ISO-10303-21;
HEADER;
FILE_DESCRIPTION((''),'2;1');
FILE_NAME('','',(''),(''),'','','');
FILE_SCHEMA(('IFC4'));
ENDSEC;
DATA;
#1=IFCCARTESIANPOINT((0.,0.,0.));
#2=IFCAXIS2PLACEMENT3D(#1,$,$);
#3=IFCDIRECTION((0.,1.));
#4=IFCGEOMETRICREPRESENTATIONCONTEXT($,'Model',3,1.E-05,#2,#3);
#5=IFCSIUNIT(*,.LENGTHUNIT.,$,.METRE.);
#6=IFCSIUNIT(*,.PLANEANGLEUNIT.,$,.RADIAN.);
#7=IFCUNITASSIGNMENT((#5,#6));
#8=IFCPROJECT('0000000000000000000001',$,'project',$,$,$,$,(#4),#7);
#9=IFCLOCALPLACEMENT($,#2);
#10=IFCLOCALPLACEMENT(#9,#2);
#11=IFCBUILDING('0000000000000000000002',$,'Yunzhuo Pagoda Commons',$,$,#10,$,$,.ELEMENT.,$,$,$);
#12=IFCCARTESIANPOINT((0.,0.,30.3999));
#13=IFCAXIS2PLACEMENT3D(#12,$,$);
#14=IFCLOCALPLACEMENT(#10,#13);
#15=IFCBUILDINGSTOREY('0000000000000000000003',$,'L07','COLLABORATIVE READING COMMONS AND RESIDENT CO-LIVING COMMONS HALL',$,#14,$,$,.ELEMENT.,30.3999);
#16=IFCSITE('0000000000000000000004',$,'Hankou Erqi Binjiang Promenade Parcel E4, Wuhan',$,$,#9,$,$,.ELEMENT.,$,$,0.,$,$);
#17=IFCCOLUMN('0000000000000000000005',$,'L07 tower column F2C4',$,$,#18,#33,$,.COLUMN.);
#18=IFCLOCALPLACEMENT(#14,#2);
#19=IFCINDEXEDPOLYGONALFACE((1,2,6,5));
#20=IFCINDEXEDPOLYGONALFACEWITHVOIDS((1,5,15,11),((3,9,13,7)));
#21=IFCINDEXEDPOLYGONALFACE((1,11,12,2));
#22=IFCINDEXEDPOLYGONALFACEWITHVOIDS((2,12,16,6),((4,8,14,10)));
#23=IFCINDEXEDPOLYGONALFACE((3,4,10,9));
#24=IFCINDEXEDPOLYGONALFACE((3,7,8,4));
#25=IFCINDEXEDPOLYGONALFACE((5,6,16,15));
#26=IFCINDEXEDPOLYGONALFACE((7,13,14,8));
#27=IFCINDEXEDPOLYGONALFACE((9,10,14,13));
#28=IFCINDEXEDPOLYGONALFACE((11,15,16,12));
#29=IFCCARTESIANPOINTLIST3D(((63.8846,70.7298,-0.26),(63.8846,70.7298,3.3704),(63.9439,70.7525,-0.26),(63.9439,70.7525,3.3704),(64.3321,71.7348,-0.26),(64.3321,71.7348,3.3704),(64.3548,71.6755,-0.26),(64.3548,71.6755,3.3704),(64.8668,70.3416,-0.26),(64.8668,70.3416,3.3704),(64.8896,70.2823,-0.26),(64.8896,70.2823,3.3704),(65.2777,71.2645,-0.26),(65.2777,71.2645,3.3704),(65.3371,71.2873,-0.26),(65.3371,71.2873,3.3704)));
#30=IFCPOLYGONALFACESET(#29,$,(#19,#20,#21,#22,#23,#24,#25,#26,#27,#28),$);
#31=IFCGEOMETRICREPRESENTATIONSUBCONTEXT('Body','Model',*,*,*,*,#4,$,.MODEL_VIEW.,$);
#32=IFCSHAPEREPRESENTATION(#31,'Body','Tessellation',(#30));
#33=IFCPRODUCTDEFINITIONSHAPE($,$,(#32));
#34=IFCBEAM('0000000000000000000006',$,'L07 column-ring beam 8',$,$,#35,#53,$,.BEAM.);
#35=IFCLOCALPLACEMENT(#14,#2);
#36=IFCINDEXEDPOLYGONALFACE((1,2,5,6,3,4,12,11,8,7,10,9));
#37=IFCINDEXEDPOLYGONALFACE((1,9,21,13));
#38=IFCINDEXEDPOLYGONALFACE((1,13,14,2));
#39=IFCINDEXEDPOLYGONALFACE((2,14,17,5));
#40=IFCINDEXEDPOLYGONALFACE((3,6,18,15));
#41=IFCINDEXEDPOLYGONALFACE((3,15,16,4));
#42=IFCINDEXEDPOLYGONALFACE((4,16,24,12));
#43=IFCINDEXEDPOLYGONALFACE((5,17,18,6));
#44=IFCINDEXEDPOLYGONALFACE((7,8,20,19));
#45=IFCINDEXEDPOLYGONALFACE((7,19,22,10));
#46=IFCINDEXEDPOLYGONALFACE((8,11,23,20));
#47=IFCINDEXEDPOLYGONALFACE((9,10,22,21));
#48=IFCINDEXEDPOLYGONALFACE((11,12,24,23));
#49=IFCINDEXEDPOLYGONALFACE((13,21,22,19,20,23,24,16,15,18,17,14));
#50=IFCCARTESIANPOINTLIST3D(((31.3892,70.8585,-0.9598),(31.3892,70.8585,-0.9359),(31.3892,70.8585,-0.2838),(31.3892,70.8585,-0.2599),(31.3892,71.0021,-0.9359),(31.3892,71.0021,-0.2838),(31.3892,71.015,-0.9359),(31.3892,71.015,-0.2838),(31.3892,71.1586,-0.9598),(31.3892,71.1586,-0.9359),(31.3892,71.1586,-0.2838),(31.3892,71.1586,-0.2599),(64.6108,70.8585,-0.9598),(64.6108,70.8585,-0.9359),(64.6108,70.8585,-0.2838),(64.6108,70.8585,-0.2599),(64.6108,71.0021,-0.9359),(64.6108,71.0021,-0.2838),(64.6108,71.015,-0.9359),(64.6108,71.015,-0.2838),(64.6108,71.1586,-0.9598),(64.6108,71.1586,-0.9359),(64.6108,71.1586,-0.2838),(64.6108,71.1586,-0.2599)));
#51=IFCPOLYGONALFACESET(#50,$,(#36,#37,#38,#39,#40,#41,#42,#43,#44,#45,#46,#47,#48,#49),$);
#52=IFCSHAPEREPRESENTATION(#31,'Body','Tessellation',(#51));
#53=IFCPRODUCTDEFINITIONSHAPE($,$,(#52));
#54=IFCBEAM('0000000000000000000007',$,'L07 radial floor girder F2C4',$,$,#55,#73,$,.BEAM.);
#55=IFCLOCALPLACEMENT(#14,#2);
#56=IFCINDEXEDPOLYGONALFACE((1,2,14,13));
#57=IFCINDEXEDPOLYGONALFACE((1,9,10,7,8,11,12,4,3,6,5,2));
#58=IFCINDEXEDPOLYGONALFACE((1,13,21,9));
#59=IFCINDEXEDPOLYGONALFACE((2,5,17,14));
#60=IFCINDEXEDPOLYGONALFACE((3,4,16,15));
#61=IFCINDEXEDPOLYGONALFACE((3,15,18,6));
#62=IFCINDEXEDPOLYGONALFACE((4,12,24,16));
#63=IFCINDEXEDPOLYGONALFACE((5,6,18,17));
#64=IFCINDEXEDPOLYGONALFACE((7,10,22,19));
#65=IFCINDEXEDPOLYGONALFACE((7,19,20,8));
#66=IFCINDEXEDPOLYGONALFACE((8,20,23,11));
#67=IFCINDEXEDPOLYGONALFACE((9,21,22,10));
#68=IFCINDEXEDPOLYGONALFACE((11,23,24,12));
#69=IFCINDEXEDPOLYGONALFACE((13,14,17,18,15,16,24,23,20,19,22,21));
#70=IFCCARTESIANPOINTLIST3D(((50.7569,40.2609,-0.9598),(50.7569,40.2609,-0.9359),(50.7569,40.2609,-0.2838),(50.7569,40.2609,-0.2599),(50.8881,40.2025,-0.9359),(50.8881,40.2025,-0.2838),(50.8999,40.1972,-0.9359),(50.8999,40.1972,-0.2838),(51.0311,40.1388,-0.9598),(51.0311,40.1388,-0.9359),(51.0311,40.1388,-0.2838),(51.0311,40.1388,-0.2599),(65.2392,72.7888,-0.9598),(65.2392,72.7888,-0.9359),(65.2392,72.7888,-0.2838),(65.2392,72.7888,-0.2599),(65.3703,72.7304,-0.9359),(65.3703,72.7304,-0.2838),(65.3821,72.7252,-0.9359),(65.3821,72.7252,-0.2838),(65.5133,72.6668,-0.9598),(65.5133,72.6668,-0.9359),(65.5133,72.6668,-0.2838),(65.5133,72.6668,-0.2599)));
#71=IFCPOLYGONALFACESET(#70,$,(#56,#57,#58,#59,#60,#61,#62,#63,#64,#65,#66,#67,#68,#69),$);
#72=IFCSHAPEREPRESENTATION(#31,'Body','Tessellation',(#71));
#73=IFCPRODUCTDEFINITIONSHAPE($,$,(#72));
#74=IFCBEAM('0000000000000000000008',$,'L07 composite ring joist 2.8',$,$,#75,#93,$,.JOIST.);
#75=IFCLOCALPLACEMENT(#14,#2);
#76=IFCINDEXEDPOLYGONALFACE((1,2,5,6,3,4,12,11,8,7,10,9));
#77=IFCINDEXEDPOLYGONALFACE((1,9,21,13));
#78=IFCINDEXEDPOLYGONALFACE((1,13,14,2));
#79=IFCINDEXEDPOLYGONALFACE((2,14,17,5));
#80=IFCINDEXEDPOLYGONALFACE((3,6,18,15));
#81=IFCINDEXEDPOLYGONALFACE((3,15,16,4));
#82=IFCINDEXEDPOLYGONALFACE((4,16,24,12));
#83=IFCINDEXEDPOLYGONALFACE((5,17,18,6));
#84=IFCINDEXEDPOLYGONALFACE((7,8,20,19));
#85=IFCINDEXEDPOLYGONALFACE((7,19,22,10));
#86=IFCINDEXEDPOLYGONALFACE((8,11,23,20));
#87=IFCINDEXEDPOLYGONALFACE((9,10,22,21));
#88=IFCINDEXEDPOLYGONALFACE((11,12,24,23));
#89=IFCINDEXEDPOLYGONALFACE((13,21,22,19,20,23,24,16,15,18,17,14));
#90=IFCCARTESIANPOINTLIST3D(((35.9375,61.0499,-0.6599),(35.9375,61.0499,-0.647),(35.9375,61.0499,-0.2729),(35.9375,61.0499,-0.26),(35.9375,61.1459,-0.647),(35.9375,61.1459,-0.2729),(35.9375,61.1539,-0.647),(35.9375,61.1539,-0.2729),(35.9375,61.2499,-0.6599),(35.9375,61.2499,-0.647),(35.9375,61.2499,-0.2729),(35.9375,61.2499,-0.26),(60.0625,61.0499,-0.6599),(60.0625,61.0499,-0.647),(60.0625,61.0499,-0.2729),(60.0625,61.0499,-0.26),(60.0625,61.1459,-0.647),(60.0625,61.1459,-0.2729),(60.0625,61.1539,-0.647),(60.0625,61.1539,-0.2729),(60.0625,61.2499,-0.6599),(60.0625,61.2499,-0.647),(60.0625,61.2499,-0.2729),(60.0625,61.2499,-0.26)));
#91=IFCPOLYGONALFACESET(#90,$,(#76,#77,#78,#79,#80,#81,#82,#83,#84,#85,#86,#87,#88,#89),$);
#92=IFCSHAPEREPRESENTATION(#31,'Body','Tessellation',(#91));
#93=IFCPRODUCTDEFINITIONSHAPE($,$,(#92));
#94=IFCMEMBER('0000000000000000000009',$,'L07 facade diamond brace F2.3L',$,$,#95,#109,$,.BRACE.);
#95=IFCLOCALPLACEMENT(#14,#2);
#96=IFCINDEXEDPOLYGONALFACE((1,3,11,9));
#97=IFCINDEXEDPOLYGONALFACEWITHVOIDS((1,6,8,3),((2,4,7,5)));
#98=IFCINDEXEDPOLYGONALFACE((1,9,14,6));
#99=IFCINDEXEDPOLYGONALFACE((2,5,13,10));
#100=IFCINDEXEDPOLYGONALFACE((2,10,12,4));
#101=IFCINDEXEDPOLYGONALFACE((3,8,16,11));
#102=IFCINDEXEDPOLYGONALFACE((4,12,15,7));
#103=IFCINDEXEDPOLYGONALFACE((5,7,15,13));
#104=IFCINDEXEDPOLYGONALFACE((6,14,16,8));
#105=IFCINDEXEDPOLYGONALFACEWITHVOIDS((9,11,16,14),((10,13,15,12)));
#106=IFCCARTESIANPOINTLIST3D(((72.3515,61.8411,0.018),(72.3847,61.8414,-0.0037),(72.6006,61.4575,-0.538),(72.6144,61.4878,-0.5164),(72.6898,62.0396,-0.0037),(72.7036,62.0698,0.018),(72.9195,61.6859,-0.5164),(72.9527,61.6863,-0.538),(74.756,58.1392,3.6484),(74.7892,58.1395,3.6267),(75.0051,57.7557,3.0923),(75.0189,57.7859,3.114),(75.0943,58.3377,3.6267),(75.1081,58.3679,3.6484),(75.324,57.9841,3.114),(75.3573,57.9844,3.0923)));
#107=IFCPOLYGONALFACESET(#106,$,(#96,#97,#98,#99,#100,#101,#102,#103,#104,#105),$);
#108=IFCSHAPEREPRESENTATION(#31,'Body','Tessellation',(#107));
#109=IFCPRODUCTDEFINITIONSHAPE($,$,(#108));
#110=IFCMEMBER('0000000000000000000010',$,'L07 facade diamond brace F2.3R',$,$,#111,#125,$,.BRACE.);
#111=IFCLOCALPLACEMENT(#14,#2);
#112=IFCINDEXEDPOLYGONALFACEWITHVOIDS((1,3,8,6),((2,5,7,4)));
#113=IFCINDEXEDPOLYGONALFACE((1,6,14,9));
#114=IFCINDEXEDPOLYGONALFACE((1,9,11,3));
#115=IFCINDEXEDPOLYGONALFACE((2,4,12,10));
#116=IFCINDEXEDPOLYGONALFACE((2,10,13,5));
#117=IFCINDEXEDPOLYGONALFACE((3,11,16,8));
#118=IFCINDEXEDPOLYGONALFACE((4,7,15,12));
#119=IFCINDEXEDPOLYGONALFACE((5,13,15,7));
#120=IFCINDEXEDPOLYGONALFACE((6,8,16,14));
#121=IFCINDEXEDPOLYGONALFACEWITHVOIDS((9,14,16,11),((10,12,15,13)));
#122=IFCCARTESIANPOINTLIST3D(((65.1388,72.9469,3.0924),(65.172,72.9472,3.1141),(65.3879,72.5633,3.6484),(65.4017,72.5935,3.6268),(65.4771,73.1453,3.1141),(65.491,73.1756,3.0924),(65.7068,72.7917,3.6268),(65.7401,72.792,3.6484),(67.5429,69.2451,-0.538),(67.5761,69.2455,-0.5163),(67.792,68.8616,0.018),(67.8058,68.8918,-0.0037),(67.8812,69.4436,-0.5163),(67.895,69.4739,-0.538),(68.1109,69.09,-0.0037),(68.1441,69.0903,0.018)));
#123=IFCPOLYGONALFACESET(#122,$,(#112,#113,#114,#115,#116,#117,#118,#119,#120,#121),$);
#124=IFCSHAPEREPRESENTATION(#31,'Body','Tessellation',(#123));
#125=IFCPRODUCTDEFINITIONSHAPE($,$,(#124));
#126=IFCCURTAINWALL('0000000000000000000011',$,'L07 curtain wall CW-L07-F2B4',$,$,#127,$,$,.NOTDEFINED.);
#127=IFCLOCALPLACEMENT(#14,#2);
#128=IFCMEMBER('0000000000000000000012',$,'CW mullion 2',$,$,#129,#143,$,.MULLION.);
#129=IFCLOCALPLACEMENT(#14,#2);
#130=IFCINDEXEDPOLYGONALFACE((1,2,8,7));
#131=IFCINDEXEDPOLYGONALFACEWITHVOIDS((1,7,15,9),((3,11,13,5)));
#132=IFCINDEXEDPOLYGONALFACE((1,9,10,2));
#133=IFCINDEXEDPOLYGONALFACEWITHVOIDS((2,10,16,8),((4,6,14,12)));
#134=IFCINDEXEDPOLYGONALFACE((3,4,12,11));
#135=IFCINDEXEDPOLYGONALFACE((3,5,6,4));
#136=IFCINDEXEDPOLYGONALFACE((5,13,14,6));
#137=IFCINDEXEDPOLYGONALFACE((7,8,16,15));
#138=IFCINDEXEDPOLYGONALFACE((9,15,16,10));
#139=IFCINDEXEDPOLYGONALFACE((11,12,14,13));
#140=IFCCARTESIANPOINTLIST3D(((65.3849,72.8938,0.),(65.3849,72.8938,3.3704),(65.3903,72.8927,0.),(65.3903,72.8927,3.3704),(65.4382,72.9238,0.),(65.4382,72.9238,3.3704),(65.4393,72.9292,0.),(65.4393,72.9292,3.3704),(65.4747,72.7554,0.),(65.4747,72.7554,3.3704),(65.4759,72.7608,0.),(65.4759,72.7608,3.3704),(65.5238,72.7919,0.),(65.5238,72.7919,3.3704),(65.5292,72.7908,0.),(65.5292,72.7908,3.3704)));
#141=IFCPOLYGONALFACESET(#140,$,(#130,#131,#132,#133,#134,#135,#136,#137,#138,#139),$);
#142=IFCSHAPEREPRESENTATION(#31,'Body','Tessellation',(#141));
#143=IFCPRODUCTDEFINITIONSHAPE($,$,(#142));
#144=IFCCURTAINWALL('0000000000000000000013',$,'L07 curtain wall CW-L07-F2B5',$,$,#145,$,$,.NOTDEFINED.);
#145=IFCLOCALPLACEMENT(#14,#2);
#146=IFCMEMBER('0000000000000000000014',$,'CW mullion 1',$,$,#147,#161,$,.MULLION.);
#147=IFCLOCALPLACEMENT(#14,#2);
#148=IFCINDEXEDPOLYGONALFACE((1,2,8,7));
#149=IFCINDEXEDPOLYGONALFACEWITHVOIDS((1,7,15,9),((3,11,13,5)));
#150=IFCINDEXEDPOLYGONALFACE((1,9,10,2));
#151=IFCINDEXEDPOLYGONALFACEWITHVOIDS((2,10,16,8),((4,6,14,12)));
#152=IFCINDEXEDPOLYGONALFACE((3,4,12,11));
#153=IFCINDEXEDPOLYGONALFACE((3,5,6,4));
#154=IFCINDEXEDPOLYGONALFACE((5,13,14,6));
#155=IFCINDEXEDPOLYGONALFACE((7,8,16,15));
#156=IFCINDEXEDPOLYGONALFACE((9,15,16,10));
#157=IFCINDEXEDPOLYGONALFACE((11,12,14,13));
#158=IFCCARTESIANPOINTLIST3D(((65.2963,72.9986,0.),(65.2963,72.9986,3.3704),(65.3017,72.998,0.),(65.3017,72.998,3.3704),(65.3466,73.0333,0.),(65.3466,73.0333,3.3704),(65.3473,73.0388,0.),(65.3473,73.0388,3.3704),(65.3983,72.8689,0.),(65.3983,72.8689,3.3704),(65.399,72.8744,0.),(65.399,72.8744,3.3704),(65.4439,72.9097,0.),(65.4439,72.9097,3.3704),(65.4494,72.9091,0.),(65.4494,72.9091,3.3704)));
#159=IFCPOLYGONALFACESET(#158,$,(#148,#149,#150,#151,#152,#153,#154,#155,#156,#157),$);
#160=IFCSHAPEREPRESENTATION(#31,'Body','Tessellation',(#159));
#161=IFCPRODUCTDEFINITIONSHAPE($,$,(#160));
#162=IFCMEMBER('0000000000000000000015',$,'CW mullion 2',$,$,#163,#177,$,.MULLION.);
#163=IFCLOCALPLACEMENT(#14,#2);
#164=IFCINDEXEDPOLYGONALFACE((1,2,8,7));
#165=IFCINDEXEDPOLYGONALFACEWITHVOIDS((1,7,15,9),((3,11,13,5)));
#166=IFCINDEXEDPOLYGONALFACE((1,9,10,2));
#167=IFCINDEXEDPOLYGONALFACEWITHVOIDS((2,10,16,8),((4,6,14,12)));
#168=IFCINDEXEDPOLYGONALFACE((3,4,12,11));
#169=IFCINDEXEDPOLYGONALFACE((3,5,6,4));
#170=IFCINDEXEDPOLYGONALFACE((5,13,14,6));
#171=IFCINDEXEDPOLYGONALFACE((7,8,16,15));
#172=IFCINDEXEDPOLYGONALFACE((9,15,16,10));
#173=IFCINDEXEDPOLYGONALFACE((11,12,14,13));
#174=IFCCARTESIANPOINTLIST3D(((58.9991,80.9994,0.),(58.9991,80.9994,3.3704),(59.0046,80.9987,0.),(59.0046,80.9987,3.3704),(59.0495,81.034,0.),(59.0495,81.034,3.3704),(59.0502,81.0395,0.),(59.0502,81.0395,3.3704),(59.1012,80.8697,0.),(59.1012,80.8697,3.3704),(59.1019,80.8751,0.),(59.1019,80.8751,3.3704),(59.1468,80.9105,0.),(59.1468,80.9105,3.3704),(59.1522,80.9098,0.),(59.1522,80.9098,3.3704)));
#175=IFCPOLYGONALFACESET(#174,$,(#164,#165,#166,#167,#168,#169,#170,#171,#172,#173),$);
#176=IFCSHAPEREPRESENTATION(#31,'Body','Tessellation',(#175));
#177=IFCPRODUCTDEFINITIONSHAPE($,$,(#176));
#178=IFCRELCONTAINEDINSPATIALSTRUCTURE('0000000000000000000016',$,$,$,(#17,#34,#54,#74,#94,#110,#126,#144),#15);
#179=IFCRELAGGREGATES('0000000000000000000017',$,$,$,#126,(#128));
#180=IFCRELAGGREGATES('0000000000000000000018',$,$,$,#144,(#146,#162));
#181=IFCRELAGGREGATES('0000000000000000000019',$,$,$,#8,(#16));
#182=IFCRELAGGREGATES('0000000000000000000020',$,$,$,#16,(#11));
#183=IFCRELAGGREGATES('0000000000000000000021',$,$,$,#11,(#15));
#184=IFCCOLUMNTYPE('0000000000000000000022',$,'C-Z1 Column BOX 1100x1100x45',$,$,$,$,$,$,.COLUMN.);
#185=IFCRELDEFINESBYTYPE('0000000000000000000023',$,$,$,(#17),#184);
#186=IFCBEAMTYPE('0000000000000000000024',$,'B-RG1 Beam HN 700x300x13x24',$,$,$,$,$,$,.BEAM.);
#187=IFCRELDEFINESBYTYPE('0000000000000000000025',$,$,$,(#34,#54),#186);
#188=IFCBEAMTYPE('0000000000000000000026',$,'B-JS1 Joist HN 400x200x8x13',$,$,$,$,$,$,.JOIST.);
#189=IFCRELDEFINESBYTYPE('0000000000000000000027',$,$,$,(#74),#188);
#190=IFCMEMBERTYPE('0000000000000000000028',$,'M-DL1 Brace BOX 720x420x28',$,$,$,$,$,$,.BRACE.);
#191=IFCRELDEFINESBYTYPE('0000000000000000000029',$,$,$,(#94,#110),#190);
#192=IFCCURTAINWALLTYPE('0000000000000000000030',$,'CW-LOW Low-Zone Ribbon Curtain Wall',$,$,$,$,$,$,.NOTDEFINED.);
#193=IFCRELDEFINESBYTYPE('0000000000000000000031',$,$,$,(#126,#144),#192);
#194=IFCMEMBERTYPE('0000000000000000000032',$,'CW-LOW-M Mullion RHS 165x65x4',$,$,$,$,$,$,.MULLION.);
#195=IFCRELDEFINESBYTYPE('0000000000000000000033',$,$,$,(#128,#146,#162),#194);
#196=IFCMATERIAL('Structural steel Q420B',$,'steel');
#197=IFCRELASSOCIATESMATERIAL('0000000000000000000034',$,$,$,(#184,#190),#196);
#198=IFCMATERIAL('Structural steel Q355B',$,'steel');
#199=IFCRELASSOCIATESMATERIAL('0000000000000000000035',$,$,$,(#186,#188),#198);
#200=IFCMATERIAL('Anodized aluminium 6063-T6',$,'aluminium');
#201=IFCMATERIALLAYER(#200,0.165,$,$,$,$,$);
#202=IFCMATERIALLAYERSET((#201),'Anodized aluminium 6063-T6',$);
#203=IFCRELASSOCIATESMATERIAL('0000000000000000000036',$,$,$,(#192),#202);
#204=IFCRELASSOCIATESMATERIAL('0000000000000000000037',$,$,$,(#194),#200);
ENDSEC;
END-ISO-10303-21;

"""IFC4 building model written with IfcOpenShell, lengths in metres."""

from ifc_helpers import new_model, si_unit, direction, frame, origin, origin_2d, place, context, subcontext, project, spatial, hollow_rectangle, i_section, extrude, source, transform, mapped, material, layer, layer_set, material_profile, profile_set, type_object, element, aggregate, save


model = new_model("IFC4")

# Units and contexts
model_context = context("Model", 3, precision=1e-05, world=origin(), true_north=direction((0.0, 1.0)))
body_context = subcontext(model_context, "Body", "Model", "MODEL_VIEW")
ifc_project = project(units=[si_unit("LENGTHUNIT", "METRE"), si_unit("PLANEANGLEUNIT", "RADIAN")], contexts=[model_context])

# Site, building, storey
site_placement = place(None, origin())
site = spatial("IfcSite", under=ifc_project, at=site_placement, Name="Hankou Erqi Binjiang Promenade Parcel E4, Wuhan", CompositionType="ELEMENT", RefElevation=0.0)
building_placement = place(site_placement, origin())
building = spatial("IfcBuilding", under=site, at=building_placement, Name="Yunzhuo Pagoda Commons", CompositionType="ELEMENT")
storey_placement = place(building_placement, frame((0.0, 0.0, 30.3999)))
storey = spatial("IfcBuildingStorey", under=building, at=storey_placement, Name="L07", Description="COLLABORATIVE READING COMMONS AND RESIDENT CO-LIVING COMMONS HALL", CompositionType="ELEMENT", Elevation=30.3999)

# Column
ifc_material_1 = material(Name="Structural steel Q420B", Category="steel")
ifc_material_profile_1 = material_profile(ifc_material_1, hollow_rectangle(XDim=1.1001, YDim=1.1001, WallThickness=0.0449, at=origin_2d()), Name="Structural steel Q420B")
ifc_profile_set_1 = profile_set([ifc_material_profile_1], Name="Structural steel Q420B")
column_type = type_object("IfcColumnType", Name="C-Z1 Column BOX 1100x1100x45", PredefinedType="COLUMN", material=ifc_profile_set_1)
shared_shape_1 = source(origin(), body_context, "Body", "SweptSolid", [
    extrude(hollow_rectangle(XDim=1.1001, YDim=1.1001, WallThickness=0.0449, at=origin_2d()), origin(), (0.0, 0.0, 1.0), 3.6304),
])
column_placement = place(storey_placement, frame((64.6108, 71.0085, -0.26), z_axis=(0.0, 0.0, 1.0), x_axis=(-0.913545, 0.406737, 0.0)))
element("IfcColumn", 1, at=column_placement, inside=storey, type_object=column_type, Name="L07 tower column F2C4", PredefinedType="COLUMN", context=body_context, shape_type="MappedRepresentation", body=[
    mapped(shared_shape_1, transform((0.0, 0.0, 0.0), scale=1.0)),
])

# Beams
ifc_material_2 = material(Name="Structural steel Q355B", Category="steel")
ifc_material_profile_2 = material_profile(ifc_material_2, i_section(OverallWidth=0.3, OverallDepth=0.7, WebThickness=0.0129, FlangeThickness=0.0239, at=origin_2d()), Name="Structural steel Q355B")
ifc_profile_set_2 = profile_set([ifc_material_profile_2], Name="Structural steel Q355B")
beam_type_1 = type_object("IfcBeamType", Name="B-RG1 Beam HN 700x300x13x24", PredefinedType="BEAM", material=ifc_profile_set_2)
shared_shape_2 = source(origin(), body_context, "Body", "SweptSolid", [
    extrude(i_section(OverallWidth=0.3, OverallDepth=0.7, WebThickness=0.0129, FlangeThickness=0.0239, at=origin_2d()), origin(), (0.0, 0.0, 1.0), 33.2217),
])
beam_1_placement = place(storey_placement, frame((64.6108, 71.0085, -0.6099), z_axis=(-1.0, 0.0, 0.0), x_axis=(0.0, -1.0, 0.0)))
element("IfcBeam", 2, at=beam_1_placement, inside=storey, type_object=beam_type_1, Name="L07 column-ring beam 8", PredefinedType="BEAM", context=body_context, shape_type="MappedRepresentation", body=[
    mapped(shared_shape_2, transform((0.0, 0.0, 0.0), scale=1.0)),
])
shared_shape_3 = source(origin(), body_context, "Body", "SweptSolid", [
    extrude(i_section(OverallWidth=0.3, OverallDepth=0.7, WebThickness=0.0129, FlangeThickness=0.0239, at=origin_2d()), origin(), (0.0, 0.0, 1.0), 35.6062),
])
beam_2_placement = place(storey_placement, frame((65.3762, 72.7278, -0.6099), z_axis=(-0.406733, -0.913547, 0.0), x_axis=(0.913547, -0.406733, 0.0)))
element("IfcBeam", 3, at=beam_2_placement, inside=storey, type_object=beam_type_1, Name="L07 radial floor girder F2C4", PredefinedType="BEAM", context=body_context, shape_type="MappedRepresentation", body=[
    mapped(shared_shape_3, transform((0.0, 0.0, 0.0), scale=1.0)),
])
ifc_material_profile_3 = material_profile(ifc_material_2, i_section(OverallWidth=0.2, OverallDepth=0.3999, WebThickness=0.0081, FlangeThickness=0.0129, at=origin_2d()), Name="Structural steel Q355B")
ifc_profile_set_3 = profile_set([ifc_material_profile_3], Name="Structural steel Q355B")
beam_type_2 = type_object("IfcBeamType", Name="B-JS1 Joist HN 400x200x8x13", PredefinedType="JOIST", material=ifc_profile_set_3)
shared_shape_4 = source(origin(), body_context, "Body", "SweptSolid", [
    extrude(i_section(OverallWidth=0.2, OverallDepth=0.3999, WebThickness=0.0081, FlangeThickness=0.0129, at=origin_2d()), origin(), (0.0, 0.0, 1.0), 24.125),
])
beam_3_placement = place(storey_placement, frame((60.0625, 61.1499, -0.46), z_axis=(-1.0, 0.0, 0.0), x_axis=(0.0, -1.0, 0.0)))
element("IfcBeam", 4, at=beam_3_placement, inside=storey, type_object=beam_type_2, Name="L07 composite ring joist 2.8", PredefinedType="JOIST", context=body_context, shape_type="MappedRepresentation", body=[
    mapped(shared_shape_4, transform((0.0, 0.0, 0.0), scale=1.0)),
])

# Members
ifc_material_profile_4 = material_profile(ifc_material_1, hollow_rectangle(XDim=0.4199, YDim=0.72, WallThickness=0.0281, at=origin_2d()), Name="Structural steel Q420B")
ifc_profile_set_4 = profile_set([ifc_material_profile_4], Name="Structural steel Q420B")
member_type_1 = type_object("IfcMemberType", Name="M-DL1 Brace BOX 720x420x28", PredefinedType="BRACE", material=ifc_profile_set_4)
shared_shape_5 = source(origin(), body_context, "Body", "SweptSolid", [
    extrude(hollow_rectangle(XDim=0.4199, YDim=0.72, WallThickness=0.0281, at=origin_2d()), origin(), (0.0, 0.0, 1.0), 5.7153),
])
member_1_placement = place(storey_placement, frame((72.6521, 61.7637, -0.26), z_axis=(0.420715, -0.64771, 0.635194), x_axis=(0.838619, 0.544718, 0.0)))
element("IfcMember", 5, at=member_1_placement, inside=storey, type_object=member_type_1, Name="L07 facade diamond brace F2.3L", PredefinedType="BRACE", context=body_context, shape_type="MappedRepresentation", body=[
    mapped(shared_shape_5, transform((0.0, 0.0, 0.0), scale=1.0)),
])
shared_shape_6 = source(origin(), body_context, "Body", "SweptSolid", [
    extrude(hollow_rectangle(XDim=0.4199, YDim=0.72, WallThickness=0.0281, at=origin_2d()), origin(), (0.0, 0.0, 1.0), 5.7151),
])
member_2_placement = place(storey_placement, frame((67.8435, 69.1677, -0.26), z_axis=(-0.420656, 0.647708, 0.635234), x_axis=(-0.838653, -0.544666, 0.0)))
element("IfcMember", 6, at=member_2_placement, inside=storey, type_object=member_type_1, Name="L07 facade diamond brace F2.3R", PredefinedType="BRACE", context=body_context, shape_type="MappedRepresentation", body=[
    mapped(shared_shape_6, transform((0.0, 0.0, 0.0), scale=1.0)),
])

# Curtain wall, member
ifc_material_3 = material(Name="Anodized aluminium 6063-T6", Category="aluminium")
ifc_layer_1 = layer(ifc_material_3, 0.165)
ifc_layer_set_1 = layer_set([ifc_layer_1], Name="Anodized aluminium 6063-T6")
curtain_wall_type = type_object("IfcCurtainWallType", Name="CW-LOW Low-Zone Ribbon Curtain Wall", PredefinedType="NOTDEFINED", material=ifc_layer_set_1)
curtain_wall_1_placement = place(storey_placement, origin())
curtain_wall_1 = element("IfcCurtainWall", 7, at=curtain_wall_1_placement, inside=storey, type_object=curtain_wall_type, Name="L07 curtain wall CW-L07-F2B4", PredefinedType="NOTDEFINED")
ifc_material_profile_5 = material_profile(ifc_material_3, hollow_rectangle(XDim=0.0649, YDim=0.165, WallThickness=0.0039, at=origin_2d()), Name="Anodized aluminium 6063-T6")
ifc_profile_set_5 = profile_set([ifc_material_profile_5], Name="Anodized aluminium 6063-T6")
member_type_2 = type_object("IfcMemberType", Name="CW-LOW-M Mullion RHS 165x65x4", PredefinedType="MULLION", material=ifc_profile_set_5)
shared_shape_7 = source(origin(), body_context, "Body", "SweptSolid", [
    extrude(hollow_rectangle(XDim=0.0649, YDim=0.165, WallThickness=0.0039, at=origin_2d()), origin(), (0.0, 0.0, 1.0), 3.3704),
])
member_3_placement = place(storey_placement, frame((65.457, 72.8423, 0.0), z_axis=(0.0, 0.0, 1.0), x_axis=(-0.838652, -0.544667, 0.0)))
member_3 = element("IfcMember", 8, at=member_3_placement, type_object=member_type_2, Name="CW mullion 2", PredefinedType="MULLION", context=body_context, shape_type="MappedRepresentation", body=[
    mapped(shared_shape_7, transform((0.0, 0.0, 0.0), scale=1.0)),
])

# Curtain wall, members
curtain_wall_2_placement = place(storey_placement, origin())
curtain_wall_2 = element("IfcCurtainWall", 9, at=curtain_wall_2_placement, inside=storey, type_object=curtain_wall_type, Name="L07 curtain wall CW-L07-F2B5", PredefinedType="NOTDEFINED")
member_4_placement = place(storey_placement, frame((65.3728, 72.9539, 0.0), z_axis=(0.0, 0.0, 1.0), x_axis=(-0.7858, -0.618481, 0.0)))
member_4 = element("IfcMember", 10, at=member_4_placement, type_object=member_type_2, Name="CW mullion 1", PredefinedType="MULLION", context=body_context, shape_type="MappedRepresentation", body=[
    mapped(shared_shape_7, transform((0.0, 0.0, 0.0), scale=1.0)),
])
member_5_placement = place(storey_placement, frame((59.0757, 80.9546, 0.0), z_axis=(0.0, 0.0, 1.0), x_axis=(-0.7858, -0.618481, 0.0)))
member_5 = element("IfcMember", 11, at=member_5_placement, type_object=member_type_2, Name="CW mullion 2", PredefinedType="MULLION", context=body_context, shape_type="MappedRepresentation", body=[
    mapped(shared_shape_7, transform((0.0, 0.0, 0.0), scale=1.0)),
])

aggregate(curtain_wall_1, [member_3])
aggregate(curtain_wall_2, [member_4, member_5])

save(model, "model.ifc")
